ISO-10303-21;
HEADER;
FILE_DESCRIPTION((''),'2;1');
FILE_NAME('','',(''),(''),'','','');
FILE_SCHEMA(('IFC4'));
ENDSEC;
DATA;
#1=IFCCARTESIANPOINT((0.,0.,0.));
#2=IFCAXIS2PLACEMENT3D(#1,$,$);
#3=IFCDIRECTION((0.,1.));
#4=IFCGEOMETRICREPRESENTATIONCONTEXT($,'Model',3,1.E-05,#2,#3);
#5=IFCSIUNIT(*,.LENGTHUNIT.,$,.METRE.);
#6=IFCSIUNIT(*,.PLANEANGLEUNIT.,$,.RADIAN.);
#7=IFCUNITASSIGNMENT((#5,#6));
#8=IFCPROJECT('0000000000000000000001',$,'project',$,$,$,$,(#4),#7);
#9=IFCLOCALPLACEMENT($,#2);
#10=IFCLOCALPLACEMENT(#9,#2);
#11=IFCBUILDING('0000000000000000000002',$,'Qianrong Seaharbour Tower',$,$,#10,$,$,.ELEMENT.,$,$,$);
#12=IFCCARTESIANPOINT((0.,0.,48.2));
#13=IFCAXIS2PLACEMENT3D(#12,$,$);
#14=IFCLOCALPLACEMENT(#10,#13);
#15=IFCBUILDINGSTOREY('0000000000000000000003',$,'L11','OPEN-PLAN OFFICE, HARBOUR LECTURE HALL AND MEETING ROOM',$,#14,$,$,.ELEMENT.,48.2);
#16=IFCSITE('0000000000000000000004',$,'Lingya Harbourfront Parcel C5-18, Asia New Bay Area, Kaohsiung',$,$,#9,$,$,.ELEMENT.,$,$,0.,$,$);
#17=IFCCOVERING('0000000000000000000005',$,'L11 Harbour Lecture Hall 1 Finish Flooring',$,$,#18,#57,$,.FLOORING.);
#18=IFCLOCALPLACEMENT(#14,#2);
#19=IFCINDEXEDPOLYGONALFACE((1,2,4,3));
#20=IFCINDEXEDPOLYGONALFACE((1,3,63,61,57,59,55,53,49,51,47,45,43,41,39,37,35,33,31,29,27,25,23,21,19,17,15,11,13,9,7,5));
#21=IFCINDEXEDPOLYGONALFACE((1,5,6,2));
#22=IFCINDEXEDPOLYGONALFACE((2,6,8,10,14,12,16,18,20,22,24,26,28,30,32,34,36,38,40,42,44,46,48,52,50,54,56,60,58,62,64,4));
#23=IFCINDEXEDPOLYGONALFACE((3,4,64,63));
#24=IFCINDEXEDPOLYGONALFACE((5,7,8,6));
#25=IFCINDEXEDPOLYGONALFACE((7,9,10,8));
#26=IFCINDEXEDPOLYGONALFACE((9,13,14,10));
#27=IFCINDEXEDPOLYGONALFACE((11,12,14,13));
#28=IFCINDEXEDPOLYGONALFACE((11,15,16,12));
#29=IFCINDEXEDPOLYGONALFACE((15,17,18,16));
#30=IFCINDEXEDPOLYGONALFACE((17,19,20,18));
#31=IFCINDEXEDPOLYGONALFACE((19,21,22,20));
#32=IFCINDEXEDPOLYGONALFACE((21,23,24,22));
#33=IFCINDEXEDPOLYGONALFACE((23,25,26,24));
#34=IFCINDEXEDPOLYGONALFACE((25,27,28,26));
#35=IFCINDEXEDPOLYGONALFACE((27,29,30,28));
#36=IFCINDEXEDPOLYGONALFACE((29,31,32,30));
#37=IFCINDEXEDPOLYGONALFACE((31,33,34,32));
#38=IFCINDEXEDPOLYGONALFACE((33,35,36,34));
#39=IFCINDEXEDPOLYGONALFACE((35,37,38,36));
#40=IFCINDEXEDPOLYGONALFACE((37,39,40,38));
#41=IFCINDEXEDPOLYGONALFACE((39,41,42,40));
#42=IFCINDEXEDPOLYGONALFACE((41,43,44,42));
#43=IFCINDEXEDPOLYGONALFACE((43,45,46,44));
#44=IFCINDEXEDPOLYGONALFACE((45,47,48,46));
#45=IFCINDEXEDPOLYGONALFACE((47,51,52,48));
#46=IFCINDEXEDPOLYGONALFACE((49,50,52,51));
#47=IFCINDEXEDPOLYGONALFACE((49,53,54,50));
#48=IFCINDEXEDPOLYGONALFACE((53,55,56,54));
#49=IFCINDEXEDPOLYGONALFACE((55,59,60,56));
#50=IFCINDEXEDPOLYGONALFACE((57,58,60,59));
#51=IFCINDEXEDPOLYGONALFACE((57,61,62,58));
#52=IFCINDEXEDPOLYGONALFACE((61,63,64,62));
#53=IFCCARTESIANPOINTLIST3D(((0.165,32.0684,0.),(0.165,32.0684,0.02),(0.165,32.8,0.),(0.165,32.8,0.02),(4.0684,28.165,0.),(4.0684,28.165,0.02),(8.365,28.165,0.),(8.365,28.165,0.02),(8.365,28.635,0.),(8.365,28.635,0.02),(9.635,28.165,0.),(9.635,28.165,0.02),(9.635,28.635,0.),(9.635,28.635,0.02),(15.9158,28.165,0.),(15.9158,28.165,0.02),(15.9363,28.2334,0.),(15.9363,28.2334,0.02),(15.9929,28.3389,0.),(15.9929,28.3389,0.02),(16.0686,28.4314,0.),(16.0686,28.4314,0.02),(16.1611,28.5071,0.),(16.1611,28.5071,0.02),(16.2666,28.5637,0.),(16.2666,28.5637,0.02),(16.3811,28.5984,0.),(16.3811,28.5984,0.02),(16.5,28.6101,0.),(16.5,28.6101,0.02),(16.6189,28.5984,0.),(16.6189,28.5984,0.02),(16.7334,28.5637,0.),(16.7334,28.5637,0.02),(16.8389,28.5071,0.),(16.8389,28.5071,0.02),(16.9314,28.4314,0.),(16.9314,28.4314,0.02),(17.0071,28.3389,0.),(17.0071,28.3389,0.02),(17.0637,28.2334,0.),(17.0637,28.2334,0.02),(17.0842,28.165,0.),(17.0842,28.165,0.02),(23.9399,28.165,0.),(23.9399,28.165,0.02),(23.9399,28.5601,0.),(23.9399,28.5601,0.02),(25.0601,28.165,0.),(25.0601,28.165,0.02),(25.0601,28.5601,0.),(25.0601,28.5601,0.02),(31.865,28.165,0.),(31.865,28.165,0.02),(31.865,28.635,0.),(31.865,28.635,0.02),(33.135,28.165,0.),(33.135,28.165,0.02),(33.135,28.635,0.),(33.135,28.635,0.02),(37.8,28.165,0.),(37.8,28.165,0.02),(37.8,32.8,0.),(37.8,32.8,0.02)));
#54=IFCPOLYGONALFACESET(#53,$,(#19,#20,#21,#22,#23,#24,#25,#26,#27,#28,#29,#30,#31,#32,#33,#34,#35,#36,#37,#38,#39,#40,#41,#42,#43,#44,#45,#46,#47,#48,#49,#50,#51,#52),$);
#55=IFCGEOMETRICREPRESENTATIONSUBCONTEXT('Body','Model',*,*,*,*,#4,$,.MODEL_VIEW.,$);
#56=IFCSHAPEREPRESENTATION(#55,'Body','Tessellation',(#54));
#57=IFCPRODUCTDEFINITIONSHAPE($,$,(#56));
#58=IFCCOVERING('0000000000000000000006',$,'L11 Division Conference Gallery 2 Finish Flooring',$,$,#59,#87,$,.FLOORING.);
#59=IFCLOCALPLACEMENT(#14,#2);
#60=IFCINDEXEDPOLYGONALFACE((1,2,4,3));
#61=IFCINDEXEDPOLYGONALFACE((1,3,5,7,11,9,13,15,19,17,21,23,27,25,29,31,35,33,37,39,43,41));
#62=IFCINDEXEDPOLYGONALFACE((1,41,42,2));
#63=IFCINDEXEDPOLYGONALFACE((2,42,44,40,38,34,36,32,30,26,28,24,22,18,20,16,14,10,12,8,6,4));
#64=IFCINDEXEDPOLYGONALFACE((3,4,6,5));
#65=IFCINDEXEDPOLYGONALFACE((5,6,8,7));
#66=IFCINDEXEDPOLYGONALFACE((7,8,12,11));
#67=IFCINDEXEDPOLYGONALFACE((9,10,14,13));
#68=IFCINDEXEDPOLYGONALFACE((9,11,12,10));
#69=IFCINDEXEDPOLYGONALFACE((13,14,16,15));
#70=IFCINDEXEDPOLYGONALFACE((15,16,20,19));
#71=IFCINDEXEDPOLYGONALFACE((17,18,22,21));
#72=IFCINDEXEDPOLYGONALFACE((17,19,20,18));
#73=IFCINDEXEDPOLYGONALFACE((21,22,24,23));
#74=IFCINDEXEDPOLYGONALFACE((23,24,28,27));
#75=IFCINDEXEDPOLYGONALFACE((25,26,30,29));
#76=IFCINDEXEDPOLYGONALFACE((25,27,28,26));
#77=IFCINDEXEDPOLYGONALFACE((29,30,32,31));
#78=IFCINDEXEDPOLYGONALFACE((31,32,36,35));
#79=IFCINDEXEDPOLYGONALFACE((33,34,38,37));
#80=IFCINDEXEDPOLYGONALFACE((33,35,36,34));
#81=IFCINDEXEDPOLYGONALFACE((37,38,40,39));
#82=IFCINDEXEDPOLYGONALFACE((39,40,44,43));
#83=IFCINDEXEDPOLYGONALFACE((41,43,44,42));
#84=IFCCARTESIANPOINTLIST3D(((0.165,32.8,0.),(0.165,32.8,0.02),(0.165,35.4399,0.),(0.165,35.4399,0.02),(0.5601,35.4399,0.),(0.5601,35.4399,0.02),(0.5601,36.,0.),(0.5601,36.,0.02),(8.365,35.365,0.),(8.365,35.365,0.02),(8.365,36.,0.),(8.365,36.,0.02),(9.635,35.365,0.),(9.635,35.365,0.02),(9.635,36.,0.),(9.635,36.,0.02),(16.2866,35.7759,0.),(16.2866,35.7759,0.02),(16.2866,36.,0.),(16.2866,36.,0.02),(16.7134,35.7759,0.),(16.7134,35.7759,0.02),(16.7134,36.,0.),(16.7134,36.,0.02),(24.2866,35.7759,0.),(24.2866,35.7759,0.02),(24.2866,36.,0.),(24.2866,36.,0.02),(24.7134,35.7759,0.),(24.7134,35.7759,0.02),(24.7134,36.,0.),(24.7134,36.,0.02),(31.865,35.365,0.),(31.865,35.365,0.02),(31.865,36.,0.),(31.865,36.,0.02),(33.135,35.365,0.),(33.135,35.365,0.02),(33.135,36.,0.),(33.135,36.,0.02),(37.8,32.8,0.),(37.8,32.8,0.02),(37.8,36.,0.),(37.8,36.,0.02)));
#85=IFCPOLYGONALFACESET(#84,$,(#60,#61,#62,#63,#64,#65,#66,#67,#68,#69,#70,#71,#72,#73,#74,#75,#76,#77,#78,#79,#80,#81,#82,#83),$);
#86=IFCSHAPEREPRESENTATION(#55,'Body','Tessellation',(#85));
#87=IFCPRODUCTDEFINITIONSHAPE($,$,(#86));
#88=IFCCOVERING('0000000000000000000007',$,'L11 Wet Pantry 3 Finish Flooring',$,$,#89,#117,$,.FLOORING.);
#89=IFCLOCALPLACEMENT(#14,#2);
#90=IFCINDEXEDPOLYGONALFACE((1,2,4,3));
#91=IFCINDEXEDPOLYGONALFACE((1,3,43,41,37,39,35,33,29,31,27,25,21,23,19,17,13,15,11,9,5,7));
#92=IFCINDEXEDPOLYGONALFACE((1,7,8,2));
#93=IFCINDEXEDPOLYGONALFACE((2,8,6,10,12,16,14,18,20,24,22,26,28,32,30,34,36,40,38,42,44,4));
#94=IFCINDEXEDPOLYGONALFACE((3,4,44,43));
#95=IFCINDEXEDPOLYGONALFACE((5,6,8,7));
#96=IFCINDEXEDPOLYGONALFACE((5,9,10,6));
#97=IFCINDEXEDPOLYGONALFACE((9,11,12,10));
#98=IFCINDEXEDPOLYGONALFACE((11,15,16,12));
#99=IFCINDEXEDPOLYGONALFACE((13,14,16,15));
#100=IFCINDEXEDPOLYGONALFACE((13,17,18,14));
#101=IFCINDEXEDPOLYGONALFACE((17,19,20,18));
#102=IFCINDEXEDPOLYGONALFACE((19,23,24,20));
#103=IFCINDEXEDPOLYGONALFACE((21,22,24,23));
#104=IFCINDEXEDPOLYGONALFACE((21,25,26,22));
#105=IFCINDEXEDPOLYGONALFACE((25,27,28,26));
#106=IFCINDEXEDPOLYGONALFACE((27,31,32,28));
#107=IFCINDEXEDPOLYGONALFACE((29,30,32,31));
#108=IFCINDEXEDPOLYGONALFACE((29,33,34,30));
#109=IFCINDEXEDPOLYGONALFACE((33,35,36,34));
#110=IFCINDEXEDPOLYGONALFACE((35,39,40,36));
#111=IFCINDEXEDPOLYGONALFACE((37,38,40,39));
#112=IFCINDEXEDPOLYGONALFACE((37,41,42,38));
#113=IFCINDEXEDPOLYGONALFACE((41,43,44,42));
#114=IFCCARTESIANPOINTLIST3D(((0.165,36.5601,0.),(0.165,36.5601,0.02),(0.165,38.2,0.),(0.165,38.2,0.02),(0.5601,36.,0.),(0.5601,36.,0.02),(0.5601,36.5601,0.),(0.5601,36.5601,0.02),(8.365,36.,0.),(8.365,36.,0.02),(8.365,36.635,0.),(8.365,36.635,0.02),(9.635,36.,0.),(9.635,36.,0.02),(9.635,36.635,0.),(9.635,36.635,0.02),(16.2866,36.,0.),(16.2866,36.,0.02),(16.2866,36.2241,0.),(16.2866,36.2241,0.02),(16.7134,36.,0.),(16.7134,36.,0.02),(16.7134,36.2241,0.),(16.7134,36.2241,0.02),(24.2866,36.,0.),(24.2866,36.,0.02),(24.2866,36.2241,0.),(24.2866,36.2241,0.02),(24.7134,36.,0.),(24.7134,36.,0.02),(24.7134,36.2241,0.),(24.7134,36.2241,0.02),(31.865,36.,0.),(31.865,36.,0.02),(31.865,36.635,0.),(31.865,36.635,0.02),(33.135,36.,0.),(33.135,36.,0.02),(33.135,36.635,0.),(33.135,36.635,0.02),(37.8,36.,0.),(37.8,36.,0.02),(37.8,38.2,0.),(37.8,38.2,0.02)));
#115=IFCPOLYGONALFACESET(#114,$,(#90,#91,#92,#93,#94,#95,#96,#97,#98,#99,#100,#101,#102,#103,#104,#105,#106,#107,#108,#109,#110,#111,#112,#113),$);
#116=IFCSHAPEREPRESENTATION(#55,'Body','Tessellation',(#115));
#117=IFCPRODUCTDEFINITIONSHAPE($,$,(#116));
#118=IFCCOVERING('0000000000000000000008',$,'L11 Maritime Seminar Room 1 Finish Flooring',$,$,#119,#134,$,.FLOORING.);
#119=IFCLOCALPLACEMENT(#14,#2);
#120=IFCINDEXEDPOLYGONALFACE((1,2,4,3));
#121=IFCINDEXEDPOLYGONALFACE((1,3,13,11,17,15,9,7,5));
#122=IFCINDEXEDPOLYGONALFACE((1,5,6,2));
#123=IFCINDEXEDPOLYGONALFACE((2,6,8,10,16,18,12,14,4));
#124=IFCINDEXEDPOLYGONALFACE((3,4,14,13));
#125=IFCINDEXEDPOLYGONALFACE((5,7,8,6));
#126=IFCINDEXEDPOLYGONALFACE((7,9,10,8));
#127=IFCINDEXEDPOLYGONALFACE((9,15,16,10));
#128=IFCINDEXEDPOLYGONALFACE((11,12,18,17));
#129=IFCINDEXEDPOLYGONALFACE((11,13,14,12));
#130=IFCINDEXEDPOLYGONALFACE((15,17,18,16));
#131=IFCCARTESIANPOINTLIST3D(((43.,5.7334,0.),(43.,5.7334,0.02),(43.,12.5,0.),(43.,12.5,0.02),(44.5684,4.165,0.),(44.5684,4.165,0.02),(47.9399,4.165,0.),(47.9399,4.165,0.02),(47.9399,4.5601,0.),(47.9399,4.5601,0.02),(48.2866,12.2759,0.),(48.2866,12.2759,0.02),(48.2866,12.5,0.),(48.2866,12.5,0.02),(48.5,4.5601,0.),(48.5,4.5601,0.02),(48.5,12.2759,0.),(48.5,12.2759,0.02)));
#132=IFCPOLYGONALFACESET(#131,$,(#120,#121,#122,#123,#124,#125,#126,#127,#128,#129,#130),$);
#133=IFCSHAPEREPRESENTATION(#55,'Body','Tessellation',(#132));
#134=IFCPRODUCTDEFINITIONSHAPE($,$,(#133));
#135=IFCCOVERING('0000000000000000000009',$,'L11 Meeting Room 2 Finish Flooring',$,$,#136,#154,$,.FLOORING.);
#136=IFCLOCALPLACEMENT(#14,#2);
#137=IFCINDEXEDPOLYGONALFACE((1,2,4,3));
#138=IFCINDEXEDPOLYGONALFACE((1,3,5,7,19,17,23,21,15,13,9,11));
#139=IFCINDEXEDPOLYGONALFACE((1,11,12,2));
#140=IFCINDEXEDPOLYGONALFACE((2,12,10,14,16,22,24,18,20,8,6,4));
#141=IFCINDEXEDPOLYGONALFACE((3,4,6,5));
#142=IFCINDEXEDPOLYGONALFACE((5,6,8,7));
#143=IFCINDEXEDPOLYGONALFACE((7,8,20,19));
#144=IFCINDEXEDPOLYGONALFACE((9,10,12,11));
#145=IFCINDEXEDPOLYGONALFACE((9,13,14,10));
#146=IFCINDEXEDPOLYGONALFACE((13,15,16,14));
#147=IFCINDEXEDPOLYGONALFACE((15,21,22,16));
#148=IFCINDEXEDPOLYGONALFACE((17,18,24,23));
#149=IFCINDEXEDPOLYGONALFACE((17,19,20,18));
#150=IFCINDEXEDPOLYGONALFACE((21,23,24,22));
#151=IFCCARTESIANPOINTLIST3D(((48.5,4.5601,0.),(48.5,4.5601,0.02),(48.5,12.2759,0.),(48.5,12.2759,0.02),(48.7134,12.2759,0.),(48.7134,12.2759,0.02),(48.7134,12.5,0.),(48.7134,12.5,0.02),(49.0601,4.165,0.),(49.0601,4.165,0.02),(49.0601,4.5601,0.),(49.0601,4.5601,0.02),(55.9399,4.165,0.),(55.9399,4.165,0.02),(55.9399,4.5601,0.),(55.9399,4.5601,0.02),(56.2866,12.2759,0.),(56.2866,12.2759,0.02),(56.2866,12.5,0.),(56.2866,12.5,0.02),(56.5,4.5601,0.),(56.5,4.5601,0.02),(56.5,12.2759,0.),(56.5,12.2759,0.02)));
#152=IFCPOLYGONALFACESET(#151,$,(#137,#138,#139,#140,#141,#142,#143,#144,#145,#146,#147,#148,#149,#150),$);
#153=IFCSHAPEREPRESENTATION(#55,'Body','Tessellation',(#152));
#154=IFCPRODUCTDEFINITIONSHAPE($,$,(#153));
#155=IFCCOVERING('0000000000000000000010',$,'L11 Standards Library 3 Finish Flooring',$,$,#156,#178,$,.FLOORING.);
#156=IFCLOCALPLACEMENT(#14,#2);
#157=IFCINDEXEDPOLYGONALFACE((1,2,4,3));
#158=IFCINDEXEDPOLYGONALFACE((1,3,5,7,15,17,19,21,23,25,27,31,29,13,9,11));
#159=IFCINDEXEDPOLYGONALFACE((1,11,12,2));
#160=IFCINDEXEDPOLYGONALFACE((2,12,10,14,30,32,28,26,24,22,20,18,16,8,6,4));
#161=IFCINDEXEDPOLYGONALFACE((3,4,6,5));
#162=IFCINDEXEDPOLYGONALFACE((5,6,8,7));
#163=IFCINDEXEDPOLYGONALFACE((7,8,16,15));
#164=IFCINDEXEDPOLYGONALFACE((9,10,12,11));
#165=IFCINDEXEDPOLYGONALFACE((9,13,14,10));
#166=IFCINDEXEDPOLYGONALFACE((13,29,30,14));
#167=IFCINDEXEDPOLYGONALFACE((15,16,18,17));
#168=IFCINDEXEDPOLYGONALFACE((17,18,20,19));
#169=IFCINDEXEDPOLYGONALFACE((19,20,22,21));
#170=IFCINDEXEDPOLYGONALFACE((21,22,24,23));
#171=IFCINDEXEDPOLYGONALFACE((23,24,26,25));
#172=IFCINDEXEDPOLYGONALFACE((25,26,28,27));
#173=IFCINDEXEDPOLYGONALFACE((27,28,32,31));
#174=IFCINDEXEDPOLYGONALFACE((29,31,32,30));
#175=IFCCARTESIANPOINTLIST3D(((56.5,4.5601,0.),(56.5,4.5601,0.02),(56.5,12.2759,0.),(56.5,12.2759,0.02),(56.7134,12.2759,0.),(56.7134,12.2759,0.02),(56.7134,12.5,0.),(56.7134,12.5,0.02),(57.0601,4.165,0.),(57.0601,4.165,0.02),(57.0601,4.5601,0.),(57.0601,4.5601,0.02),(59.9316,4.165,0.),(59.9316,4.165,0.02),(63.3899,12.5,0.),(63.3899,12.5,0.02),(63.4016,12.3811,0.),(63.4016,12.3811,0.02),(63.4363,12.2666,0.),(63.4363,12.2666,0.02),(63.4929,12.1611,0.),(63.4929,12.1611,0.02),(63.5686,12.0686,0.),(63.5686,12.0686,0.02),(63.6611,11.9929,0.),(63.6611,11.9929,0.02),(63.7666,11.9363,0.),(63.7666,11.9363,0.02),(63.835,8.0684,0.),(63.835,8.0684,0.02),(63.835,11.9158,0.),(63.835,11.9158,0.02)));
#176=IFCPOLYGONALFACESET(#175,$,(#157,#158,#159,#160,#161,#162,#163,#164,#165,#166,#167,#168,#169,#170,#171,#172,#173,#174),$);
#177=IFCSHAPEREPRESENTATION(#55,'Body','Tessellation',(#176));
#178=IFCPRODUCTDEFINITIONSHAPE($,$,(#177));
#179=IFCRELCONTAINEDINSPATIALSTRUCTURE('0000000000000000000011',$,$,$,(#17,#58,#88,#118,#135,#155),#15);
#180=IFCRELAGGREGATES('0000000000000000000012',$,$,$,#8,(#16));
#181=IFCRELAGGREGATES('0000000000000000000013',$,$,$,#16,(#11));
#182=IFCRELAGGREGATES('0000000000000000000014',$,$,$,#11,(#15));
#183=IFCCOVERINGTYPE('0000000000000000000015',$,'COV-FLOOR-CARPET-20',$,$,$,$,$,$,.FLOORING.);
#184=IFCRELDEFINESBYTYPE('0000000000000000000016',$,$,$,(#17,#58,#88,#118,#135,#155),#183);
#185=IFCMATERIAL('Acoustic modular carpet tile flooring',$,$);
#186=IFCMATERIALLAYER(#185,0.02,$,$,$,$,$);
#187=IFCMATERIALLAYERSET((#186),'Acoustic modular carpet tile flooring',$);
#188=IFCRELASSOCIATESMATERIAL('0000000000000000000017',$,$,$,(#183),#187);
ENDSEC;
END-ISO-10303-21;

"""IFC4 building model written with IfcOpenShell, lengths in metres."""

from ifc_helpers import new_model, si_unit, direction, frame, origin, place, context, subcontext, project, spatial, polyline, outline, extrude, material, layer, layer_set, type_object, element, save


model = new_model("IFC4")

# Units and contexts
model_context = context("Model", 3, precision=1e-05, world=origin(), true_north=direction((0.0, 1.0)))
body_context = subcontext(model_context, "Body", "Model", "MODEL_VIEW")
ifc_project = project(units=[si_unit("LENGTHUNIT", "METRE"), si_unit("PLANEANGLEUNIT", "RADIAN")], contexts=[model_context])

# Site, building, storey
site_placement = place(None, origin())
site = spatial("IfcSite", under=ifc_project, at=site_placement, Name="Lingya Harbourfront Parcel C5-18, Asia New Bay Area, Kaohsiung", CompositionType="ELEMENT", RefElevation=0.0)
building_placement = place(site_placement, origin())
building = spatial("IfcBuilding", under=site, at=building_placement, Name="Qianrong Seaharbour Tower", CompositionType="ELEMENT")
storey_placement = place(building_placement, frame((0.0, 0.0, 48.2)))
storey = spatial("IfcBuildingStorey", under=building, at=storey_placement, Name="L11", Description="OPEN-PLAN OFFICE, HARBOUR LECTURE HALL AND MEETING ROOM", CompositionType="ELEMENT", Elevation=48.2)

# Coverings
ifc_material_1 = material(Name="Acoustic modular carpet tile flooring")
ifc_layer_1 = layer(ifc_material_1, 0.02)
ifc_layer_set_1 = layer_set([ifc_layer_1], Name="Acoustic modular carpet tile flooring")
covering_type_1 = type_object("IfcCoveringType", Name="COV-FLOOR-CARPET-20", PredefinedType="FLOORING", material=ifc_layer_set_1)
covering_1_placement = place(storey_placement, origin())
element("IfcCovering", 1, at=covering_1_placement, inside=storey, type_object=covering_type_1, Name="L11 Harbour Lecture Hall 1 Finish Flooring", PredefinedType="FLOORING", context=body_context, shape_type="SweptSolid", body=[
    extrude(outline(polyline([(33.135, 28.165), (33.135, 28.635), (31.865, 28.635), (31.865, 28.165), (25.0601, 28.165), (25.0601, 28.5601), (23.9399, 28.5601), (23.9399, 28.165), (17.0842, 28.165), (17.0637, 28.2334), (17.0071, 28.3389), (16.9314, 28.4314), (16.8389, 28.5071), (16.7334, 28.5637), (16.6189, 28.5984), (16.5, 28.6101), (16.3811, 28.5984), (16.2666, 28.5637), (16.1611, 28.5071), (16.0686, 28.4314), (15.9929, 28.3389), (15.9363, 28.2334), (15.9158, 28.165), (9.635, 28.165), (9.635, 28.635), (8.365, 28.635), (8.365, 28.165), (4.0684, 28.165), (0.165, 32.0684), (0.165, 32.8), (37.8, 32.8), (37.8, 28.165), (33.135, 28.165)])), origin(), (0.0, 0.0, 1.0), 0.02),
])
covering_2_placement = place(storey_placement, origin())
element("IfcCovering", 2, at=covering_2_placement, inside=storey, type_object=covering_type_1, Name="L11 Division Conference Gallery 2 Finish Flooring", PredefinedType="FLOORING", context=body_context, shape_type="SweptSolid", body=[
    extrude(outline(polyline([(0.165, 32.8), (0.165, 35.4399), (0.5601, 35.4399), (0.5601, 36.0), (8.365, 36.0), (8.365, 35.365), (9.635, 35.365), (9.635, 36.0), (16.2866, 36.0), (16.2866, 35.7759), (16.7134, 35.7759), (16.7134, 36.0), (24.2866, 36.0), (24.2866, 35.7759), (24.7134, 35.7759), (24.7134, 36.0), (31.865, 36.0), (31.865, 35.365), (33.135, 35.365), (33.135, 36.0), (37.8, 36.0), (37.8, 32.8), (0.165, 32.8)])), origin(), (0.0, 0.0, 1.0), 0.02),
])
covering_3_placement = place(storey_placement, origin())
element("IfcCovering", 3, at=covering_3_placement, inside=storey, type_object=covering_type_1, Name="L11 Wet Pantry 3 Finish Flooring", PredefinedType="FLOORING", context=body_context, shape_type="SweptSolid", body=[
    extrude(outline(polyline([(33.135, 36.0), (33.135, 36.635), (31.865, 36.635), (31.865, 36.0), (24.7134, 36.0), (24.7134, 36.2241), (24.2866, 36.2241), (24.2866, 36.0), (16.7134, 36.0), (16.7134, 36.2241), (16.2866, 36.2241), (16.2866, 36.0), (9.635, 36.0), (9.635, 36.635), (8.365, 36.635), (8.365, 36.0), (0.5601, 36.0), (0.5601, 36.5601), (0.165, 36.5601), (0.165, 38.2), (37.8, 38.2), (37.8, 36.0), (33.135, 36.0)])), origin(), (0.0, 0.0, 1.0), 0.02),
])
covering_4_placement = place(storey_placement, origin())
element("IfcCovering", 4, at=covering_4_placement, inside=storey, type_object=covering_type_1, Name="L11 Maritime Seminar Room 1 Finish Flooring", PredefinedType="FLOORING", context=body_context, shape_type="SweptSolid", body=[
    extrude(outline(polyline([(48.5, 4.5601), (47.9399, 4.5601), (47.9399, 4.165), (44.5684, 4.165), (43.0, 5.7334), (43.0, 12.5), (48.2866, 12.5), (48.2866, 12.2759), (48.5, 12.2759), (48.5, 4.5601)])), origin(), (0.0, 0.0, 1.0), 0.02),
])
covering_5_placement = place(storey_placement, origin())
element("IfcCovering", 5, at=covering_5_placement, inside=storey, type_object=covering_type_1, Name="L11 Meeting Room 2 Finish Flooring", PredefinedType="FLOORING", context=body_context, shape_type="SweptSolid", body=[
    extrude(outline(polyline([(56.5, 4.5601), (55.9399, 4.5601), (55.9399, 4.165), (49.0601, 4.165), (49.0601, 4.5601), (48.5, 4.5601), (48.5, 12.2759), (48.7134, 12.2759), (48.7134, 12.5), (56.2866, 12.5), (56.2866, 12.2759), (56.5, 12.2759), (56.5, 4.5601)])), origin(), (0.0, 0.0, 1.0), 0.02),
])
covering_6_placement = place(storey_placement, origin())
element("IfcCovering", 6, at=covering_6_placement, inside=storey, type_object=covering_type_1, Name="L11 Standards Library 3 Finish Flooring", PredefinedType="FLOORING", context=body_context, shape_type="SweptSolid", body=[
    extrude(outline(polyline([(63.835, 8.0684), (59.9316, 4.165), (57.0601, 4.165), (57.0601, 4.5601), (56.5, 4.5601), (56.5, 12.2759), (56.7134, 12.2759), (56.7134, 12.5), (63.3899, 12.5), (63.4016, 12.3811), (63.4363, 12.2666), (63.4929, 12.1611), (63.5686, 12.0686), (63.6611, 11.9929), (63.7666, 11.9363), (63.835, 11.9158), (63.835, 8.0684)])), origin(), (0.0, 0.0, 1.0), 0.02),
])

save(model, "model.ifc")
